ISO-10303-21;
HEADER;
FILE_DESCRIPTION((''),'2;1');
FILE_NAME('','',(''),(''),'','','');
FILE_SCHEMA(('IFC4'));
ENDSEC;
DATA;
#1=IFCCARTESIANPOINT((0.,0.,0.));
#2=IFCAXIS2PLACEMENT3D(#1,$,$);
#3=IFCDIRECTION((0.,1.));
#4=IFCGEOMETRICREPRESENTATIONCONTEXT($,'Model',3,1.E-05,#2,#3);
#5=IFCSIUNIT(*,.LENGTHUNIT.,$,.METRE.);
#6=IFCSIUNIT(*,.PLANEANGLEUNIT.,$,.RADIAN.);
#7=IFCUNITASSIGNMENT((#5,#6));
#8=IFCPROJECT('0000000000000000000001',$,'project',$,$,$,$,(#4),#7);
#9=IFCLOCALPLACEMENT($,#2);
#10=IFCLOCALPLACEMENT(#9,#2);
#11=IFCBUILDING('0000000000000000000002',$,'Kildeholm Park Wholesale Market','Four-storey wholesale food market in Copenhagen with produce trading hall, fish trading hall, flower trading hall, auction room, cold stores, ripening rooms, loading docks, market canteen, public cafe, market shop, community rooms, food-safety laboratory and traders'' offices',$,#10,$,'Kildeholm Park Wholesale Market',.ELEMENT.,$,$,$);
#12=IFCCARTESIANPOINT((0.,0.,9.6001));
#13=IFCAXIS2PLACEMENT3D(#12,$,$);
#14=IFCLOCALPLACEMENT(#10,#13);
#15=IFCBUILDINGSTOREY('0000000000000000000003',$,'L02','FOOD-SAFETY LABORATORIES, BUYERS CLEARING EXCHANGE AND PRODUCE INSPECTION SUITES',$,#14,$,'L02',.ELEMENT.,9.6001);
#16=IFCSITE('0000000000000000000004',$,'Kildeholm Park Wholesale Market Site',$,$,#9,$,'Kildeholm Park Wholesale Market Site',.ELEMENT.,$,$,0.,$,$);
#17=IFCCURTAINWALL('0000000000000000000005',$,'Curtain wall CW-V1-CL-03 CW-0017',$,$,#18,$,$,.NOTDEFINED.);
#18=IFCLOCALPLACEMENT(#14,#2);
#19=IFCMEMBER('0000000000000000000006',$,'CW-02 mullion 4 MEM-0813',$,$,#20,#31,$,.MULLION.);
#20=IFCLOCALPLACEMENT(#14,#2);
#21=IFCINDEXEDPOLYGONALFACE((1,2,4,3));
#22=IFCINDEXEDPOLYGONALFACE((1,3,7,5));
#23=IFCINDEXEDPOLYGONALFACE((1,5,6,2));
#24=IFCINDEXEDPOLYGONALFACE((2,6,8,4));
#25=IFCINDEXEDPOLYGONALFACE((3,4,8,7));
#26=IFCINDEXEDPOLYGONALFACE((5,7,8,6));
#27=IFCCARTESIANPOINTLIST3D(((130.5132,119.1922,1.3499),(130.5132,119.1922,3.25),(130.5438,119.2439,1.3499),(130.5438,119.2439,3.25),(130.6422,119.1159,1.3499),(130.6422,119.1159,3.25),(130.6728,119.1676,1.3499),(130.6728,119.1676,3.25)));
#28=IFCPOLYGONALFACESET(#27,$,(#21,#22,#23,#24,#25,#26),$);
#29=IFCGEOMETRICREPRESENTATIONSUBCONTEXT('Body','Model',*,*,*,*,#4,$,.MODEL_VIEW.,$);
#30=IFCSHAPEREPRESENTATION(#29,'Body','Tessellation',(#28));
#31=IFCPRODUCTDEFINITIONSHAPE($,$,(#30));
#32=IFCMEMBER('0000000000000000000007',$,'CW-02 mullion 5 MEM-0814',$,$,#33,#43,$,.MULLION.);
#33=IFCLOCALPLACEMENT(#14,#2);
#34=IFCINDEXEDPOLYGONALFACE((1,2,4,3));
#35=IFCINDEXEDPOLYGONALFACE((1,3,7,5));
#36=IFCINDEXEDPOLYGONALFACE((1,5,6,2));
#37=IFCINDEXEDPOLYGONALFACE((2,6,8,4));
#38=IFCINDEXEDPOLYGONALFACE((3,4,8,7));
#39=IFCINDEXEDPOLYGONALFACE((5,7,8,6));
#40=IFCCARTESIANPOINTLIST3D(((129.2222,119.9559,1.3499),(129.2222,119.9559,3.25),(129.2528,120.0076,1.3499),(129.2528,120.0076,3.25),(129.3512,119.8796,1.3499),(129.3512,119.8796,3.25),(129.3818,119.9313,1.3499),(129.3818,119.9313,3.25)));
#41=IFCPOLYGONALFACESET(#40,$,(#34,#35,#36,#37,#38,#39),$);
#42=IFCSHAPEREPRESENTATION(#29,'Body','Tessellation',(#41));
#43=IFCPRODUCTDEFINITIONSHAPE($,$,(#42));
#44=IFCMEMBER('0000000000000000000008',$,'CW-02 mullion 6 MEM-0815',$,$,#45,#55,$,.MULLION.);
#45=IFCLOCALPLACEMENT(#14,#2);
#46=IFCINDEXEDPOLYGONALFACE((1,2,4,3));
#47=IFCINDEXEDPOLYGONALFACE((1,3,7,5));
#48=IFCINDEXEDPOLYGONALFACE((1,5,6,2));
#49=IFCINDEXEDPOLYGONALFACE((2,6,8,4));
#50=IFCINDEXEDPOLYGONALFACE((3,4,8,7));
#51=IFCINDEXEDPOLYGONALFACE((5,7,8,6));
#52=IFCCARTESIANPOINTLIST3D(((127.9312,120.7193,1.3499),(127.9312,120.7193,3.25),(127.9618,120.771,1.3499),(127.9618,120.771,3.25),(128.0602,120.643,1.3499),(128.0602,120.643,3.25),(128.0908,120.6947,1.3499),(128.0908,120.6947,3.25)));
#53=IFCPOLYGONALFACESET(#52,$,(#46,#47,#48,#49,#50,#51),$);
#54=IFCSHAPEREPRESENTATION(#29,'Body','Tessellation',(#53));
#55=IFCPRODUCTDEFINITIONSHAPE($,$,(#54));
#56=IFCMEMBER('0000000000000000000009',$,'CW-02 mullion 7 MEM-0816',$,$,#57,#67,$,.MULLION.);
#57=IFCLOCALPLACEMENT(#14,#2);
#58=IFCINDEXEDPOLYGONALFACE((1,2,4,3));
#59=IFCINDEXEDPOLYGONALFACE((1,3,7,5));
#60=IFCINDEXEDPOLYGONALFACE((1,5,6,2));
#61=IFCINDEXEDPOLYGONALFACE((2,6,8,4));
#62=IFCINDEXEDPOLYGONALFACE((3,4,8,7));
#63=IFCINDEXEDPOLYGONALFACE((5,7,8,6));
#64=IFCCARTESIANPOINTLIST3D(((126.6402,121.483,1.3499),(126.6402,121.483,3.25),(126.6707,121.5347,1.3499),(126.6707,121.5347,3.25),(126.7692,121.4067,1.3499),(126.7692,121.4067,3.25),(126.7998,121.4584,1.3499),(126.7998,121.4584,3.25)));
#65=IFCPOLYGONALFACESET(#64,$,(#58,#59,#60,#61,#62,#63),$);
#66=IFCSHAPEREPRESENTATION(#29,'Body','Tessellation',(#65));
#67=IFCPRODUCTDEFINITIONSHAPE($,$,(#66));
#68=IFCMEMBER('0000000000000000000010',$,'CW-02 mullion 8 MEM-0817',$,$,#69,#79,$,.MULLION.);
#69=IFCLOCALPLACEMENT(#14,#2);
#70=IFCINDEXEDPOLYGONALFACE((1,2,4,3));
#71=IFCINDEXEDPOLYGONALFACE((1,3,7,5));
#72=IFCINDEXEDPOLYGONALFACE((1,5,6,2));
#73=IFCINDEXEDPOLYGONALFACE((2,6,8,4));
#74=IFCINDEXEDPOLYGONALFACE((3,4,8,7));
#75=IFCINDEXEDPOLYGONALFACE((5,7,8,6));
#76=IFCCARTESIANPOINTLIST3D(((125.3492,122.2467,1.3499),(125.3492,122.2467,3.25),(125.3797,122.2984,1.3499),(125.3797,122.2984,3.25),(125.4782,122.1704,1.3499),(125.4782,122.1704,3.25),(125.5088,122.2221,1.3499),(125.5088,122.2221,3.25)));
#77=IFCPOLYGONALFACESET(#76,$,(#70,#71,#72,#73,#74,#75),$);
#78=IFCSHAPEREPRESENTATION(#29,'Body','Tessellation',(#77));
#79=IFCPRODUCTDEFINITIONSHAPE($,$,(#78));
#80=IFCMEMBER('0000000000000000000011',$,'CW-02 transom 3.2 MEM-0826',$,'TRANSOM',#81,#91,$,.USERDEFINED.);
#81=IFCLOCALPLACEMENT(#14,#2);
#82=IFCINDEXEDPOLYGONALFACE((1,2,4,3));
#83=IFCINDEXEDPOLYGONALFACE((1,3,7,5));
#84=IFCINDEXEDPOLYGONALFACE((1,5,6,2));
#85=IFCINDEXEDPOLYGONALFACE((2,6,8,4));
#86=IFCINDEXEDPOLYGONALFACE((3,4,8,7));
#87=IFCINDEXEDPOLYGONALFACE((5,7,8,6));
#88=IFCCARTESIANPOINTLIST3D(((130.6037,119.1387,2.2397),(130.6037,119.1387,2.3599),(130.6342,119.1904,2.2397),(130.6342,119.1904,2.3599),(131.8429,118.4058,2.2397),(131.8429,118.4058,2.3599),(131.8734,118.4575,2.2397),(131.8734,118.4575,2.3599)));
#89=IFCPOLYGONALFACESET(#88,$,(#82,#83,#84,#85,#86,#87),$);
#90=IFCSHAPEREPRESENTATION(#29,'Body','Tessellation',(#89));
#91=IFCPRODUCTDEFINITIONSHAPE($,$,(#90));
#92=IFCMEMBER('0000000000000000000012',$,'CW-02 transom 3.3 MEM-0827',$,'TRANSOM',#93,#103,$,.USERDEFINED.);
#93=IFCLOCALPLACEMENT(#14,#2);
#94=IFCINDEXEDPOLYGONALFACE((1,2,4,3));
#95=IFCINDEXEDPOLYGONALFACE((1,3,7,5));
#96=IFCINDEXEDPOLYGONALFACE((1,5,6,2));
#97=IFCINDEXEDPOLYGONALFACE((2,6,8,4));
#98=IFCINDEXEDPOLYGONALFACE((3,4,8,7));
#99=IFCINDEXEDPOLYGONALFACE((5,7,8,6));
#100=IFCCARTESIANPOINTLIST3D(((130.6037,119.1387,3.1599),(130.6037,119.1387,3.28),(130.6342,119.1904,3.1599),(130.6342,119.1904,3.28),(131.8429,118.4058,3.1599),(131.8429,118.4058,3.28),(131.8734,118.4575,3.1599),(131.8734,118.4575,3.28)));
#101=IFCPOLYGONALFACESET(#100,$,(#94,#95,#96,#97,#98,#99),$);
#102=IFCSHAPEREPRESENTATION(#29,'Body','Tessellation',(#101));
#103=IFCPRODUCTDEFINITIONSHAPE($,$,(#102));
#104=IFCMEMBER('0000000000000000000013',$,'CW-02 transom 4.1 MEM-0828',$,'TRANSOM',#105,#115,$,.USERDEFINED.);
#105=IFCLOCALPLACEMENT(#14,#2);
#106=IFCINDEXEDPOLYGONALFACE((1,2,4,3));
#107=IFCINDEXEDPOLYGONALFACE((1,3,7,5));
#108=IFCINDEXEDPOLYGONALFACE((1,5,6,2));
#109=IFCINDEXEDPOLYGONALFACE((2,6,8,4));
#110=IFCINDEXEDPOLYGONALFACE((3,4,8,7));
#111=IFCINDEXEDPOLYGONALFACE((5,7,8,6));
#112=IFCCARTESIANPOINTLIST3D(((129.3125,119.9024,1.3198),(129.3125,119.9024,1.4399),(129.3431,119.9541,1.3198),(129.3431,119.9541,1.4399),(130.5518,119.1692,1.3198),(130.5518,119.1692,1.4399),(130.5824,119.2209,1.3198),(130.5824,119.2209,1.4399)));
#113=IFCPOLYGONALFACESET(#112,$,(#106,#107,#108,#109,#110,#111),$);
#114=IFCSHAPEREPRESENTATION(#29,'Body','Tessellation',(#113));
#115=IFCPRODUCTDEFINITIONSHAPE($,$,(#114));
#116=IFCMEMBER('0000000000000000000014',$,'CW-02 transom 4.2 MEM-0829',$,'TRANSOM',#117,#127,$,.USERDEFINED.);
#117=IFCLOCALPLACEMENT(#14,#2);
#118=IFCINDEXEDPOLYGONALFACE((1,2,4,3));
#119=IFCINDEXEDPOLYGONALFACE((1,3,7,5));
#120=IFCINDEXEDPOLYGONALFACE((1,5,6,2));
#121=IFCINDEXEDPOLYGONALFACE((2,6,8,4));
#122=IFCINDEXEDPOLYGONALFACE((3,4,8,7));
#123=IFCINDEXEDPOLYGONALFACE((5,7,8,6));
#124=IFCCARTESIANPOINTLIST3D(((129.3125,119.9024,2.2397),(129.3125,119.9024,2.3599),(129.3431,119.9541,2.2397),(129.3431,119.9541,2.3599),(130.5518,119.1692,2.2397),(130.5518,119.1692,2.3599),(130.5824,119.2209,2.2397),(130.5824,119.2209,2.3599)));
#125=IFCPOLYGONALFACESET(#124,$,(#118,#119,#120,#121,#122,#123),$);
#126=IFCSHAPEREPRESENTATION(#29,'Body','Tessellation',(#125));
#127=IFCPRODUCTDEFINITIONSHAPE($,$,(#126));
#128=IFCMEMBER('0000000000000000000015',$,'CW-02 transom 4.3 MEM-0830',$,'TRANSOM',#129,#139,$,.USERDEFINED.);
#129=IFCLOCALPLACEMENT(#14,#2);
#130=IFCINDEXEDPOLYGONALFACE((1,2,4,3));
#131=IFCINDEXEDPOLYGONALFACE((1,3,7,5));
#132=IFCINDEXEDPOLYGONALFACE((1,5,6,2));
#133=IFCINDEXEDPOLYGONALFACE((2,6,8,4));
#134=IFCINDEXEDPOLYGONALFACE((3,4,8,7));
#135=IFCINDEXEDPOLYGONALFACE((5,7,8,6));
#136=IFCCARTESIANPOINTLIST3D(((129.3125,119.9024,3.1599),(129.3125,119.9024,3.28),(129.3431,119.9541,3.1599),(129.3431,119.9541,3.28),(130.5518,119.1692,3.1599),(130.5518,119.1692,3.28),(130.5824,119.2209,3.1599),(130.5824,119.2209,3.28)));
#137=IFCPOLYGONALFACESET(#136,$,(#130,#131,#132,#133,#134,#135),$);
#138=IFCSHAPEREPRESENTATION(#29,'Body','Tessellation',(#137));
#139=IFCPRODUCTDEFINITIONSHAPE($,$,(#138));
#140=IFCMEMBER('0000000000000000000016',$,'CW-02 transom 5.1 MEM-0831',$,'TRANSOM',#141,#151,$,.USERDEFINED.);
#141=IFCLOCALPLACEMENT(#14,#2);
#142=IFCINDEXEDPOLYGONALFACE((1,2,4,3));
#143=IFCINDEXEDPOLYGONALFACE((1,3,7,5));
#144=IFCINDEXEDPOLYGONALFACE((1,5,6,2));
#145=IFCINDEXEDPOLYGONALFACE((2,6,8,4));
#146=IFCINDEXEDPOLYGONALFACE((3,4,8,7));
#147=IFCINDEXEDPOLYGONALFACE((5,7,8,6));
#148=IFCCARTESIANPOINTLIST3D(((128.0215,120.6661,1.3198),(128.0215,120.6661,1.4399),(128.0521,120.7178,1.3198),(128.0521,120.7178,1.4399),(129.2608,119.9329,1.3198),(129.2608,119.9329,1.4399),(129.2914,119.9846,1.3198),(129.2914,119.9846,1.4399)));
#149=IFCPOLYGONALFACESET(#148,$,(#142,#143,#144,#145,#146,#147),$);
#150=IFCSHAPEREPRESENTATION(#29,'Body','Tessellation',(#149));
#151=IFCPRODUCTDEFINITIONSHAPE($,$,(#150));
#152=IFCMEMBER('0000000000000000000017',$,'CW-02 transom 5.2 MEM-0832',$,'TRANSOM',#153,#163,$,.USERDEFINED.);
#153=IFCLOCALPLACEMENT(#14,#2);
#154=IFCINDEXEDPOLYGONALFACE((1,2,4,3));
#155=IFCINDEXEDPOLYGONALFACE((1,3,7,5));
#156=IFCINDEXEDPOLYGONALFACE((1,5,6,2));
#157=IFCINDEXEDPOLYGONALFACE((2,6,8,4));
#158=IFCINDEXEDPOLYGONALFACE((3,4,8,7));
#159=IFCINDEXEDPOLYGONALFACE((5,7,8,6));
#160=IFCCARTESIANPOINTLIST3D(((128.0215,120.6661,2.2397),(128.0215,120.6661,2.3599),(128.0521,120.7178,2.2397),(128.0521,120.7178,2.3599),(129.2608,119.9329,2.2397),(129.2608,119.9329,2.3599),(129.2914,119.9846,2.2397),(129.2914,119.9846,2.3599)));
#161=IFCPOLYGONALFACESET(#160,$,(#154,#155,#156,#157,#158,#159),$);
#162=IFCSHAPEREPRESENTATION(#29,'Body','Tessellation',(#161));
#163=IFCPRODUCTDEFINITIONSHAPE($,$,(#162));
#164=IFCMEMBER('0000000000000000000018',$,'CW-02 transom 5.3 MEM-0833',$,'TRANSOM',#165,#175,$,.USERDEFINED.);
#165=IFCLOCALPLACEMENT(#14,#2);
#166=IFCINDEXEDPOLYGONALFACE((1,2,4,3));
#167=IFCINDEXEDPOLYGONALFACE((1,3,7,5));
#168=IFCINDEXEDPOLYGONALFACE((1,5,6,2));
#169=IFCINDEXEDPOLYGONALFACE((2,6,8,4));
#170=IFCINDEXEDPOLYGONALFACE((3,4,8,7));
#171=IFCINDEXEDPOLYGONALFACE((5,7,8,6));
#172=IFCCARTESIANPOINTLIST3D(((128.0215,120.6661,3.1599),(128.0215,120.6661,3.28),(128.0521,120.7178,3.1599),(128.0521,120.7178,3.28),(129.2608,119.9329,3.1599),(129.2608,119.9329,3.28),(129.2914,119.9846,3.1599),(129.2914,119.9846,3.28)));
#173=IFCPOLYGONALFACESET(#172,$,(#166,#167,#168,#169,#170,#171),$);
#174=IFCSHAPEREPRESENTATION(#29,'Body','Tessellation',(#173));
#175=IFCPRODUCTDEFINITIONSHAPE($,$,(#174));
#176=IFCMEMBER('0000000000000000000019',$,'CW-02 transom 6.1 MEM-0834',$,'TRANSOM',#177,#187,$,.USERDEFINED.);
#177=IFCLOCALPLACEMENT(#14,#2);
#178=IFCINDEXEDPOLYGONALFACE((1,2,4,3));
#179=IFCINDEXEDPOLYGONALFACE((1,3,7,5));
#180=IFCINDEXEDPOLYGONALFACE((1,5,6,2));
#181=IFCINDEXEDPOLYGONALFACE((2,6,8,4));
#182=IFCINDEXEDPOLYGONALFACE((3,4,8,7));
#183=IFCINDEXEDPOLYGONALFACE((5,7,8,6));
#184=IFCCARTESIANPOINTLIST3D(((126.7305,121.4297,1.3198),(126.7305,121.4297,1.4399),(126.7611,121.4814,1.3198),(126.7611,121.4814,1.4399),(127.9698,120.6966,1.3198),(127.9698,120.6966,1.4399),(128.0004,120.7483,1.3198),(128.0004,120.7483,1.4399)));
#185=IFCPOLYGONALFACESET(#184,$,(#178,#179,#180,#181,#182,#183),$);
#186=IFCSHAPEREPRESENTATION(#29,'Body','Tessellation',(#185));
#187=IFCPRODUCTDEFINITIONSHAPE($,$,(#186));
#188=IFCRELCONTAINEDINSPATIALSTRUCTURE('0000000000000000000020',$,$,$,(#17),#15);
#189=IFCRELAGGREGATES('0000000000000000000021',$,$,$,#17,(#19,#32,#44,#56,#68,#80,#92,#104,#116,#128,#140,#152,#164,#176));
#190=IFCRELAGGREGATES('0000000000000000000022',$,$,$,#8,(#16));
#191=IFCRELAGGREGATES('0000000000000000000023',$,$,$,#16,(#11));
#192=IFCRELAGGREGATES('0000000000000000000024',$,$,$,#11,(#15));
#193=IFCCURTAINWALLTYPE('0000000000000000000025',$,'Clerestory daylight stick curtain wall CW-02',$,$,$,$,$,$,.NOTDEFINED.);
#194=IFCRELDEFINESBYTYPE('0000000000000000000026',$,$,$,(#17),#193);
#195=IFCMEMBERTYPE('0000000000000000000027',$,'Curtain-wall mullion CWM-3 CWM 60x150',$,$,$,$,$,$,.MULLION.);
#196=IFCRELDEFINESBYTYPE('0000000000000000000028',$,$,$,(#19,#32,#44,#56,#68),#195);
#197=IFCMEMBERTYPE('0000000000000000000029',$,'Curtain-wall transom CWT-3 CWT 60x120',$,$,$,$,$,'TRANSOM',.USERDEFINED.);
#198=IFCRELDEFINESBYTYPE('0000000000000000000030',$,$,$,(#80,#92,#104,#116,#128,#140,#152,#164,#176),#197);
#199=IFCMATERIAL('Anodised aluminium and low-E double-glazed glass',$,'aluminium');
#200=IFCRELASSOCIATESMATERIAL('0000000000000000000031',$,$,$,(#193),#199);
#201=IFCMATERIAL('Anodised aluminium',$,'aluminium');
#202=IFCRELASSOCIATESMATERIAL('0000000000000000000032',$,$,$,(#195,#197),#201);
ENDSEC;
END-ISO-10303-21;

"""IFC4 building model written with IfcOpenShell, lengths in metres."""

from ifc_helpers import new_model, si_unit, direction, frame, origin, origin_2d, place, context, subcontext, project, spatial, rectangle, extrude, material, material_profile, profile_set, type_object, element, aggregate, save


model = new_model("IFC4")

# Units and contexts
model_context = context("Model", 3, precision=1e-05, world=origin(), true_north=direction((0.0, 1.0)))
body_context = subcontext(model_context, "Body", "Model", "MODEL_VIEW")
ifc_project = project(units=[si_unit("LENGTHUNIT", "METRE"), si_unit("PLANEANGLEUNIT", "RADIAN")], contexts=[model_context])

# Site, building, storey
site_placement = place(None, origin())
site = spatial("IfcSite", under=ifc_project, at=site_placement, Name="Kildeholm Park Wholesale Market Site", LongName="Kildeholm Park Wholesale Market Site", CompositionType="ELEMENT", RefElevation=0.0)
building_placement = place(site_placement, origin())
building = spatial("IfcBuilding", under=site, at=building_placement, Name="Kildeholm Park Wholesale Market", Description="Four-storey wholesale food market in Copenhagen with produce trading hall, fish trading hall, flower trading hall, auction room, cold stores, ripening rooms, loading docks, market canteen, public cafe, market shop, community rooms, food-safety laboratory and traders' offices", LongName="Kildeholm Park Wholesale Market", CompositionType="ELEMENT")
storey_placement = place(building_placement, frame((0.0, 0.0, 9.6001)))
storey = spatial("IfcBuildingStorey", under=building, at=storey_placement, Name="L02", Description="FOOD-SAFETY LABORATORIES, BUYERS CLEARING EXCHANGE AND PRODUCE INSPECTION SUITES", LongName="L02", CompositionType="ELEMENT", Elevation=9.6001)

# Curtain wall, members
ifc_material_1 = material(Name="Anodised aluminium and low-E double-glazed glass", Category="aluminium")
curtain_wall_type = type_object("IfcCurtainWallType", Name="Clerestory daylight stick curtain wall CW-02", PredefinedType="NOTDEFINED", material=ifc_material_1)
curtain_wall_placement = place(storey_placement, origin())
curtain_wall = element("IfcCurtainWall", 1, at=curtain_wall_placement, inside=storey, type_object=curtain_wall_type, Name="Curtain wall CW-V1-CL-03 CW-0017", PredefinedType="NOTDEFINED")
ifc_material_2 = material(Name="Anodised aluminium", Category="aluminium")
ifc_material_profile_1 = material_profile(ifc_material_2, rectangle(XDim=0.0601, YDim=0.1499, at=origin_2d()), Name="CWM 60x150")
ifc_profile_set_1 = profile_set([ifc_material_profile_1], Name="Anodised aluminium")
member_type_1 = type_object("IfcMemberType", Name="Curtain-wall mullion CWM-3 CWM 60x150", PredefinedType="MULLION", material=ifc_profile_set_1)
member_1_placement = place(storey_placement, frame((130.593, 119.1799, 1.3499), z_axis=(0.0, 0.0, 1.0), x_axis=(-0.509105, -0.860704, 0.0)))
member_1 = element("IfcMember", 2, at=member_1_placement, type_object=member_type_1, Name="CW-02 mullion 4 MEM-0813", PredefinedType="MULLION", context=body_context, shape_type="SweptSolid", body=[
    extrude(rectangle(XDim=0.0601, YDim=0.1499, at=origin_2d()), origin(), (0.0, 0.0, 1.0), 1.9001),
])
member_2_placement = place(storey_placement, frame((129.302, 119.9436, 1.3499), z_axis=(0.0, 0.0, 1.0), x_axis=(-0.509105, -0.860704, 0.0)))
member_2 = element("IfcMember", 3, at=member_2_placement, type_object=member_type_1, Name="CW-02 mullion 5 MEM-0814", PredefinedType="MULLION", context=body_context, shape_type="SweptSolid", body=[
    extrude(rectangle(XDim=0.0601, YDim=0.1499, at=origin_2d()), origin(), (0.0, 0.0, 1.0), 1.9001),
])
member_3_placement = place(storey_placement, frame((128.011, 120.707, 1.3499), z_axis=(0.0, 0.0, 1.0), x_axis=(-0.509105, -0.860704, 0.0)))
member_3 = element("IfcMember", 4, at=member_3_placement, type_object=member_type_1, Name="CW-02 mullion 6 MEM-0815", PredefinedType="MULLION", context=body_context, shape_type="SweptSolid", body=[
    extrude(rectangle(XDim=0.0601, YDim=0.1499, at=origin_2d()), origin(), (0.0, 0.0, 1.0), 1.9001),
])
member_4_placement = place(storey_placement, frame((126.72, 121.4707, 1.3499), z_axis=(0.0, 0.0, 1.0), x_axis=(-0.509105, -0.860704, 0.0)))
member_4 = element("IfcMember", 5, at=member_4_placement, type_object=member_type_1, Name="CW-02 mullion 7 MEM-0816", PredefinedType="MULLION", context=body_context, shape_type="SweptSolid", body=[
    extrude(rectangle(XDim=0.0601, YDim=0.1499, at=origin_2d()), origin(), (0.0, 0.0, 1.0), 1.9001),
])
member_5_placement = place(storey_placement, frame((125.429, 122.2344, 1.3499), z_axis=(0.0, 0.0, 1.0), x_axis=(-0.509105, -0.860704, 0.0)))
member_5 = element("IfcMember", 6, at=member_5_placement, type_object=member_type_1, Name="CW-02 mullion 8 MEM-0817", PredefinedType="MULLION", context=body_context, shape_type="SweptSolid", body=[
    extrude(rectangle(XDim=0.0601, YDim=0.1499, at=origin_2d()), origin(), (0.0, 0.0, 1.0), 1.9001),
])
ifc_material_profile_2 = material_profile(ifc_material_2, rectangle(XDim=0.0601, YDim=0.1201, at=origin_2d()), Name="CWT 60x120")
ifc_profile_set_2 = profile_set([ifc_material_profile_2], Name="Anodised aluminium")
member_type_2 = type_object("IfcMemberType", Name="Curtain-wall transom CWT-3 CWT 60x120", ElementType="TRANSOM", PredefinedType="USERDEFINED", material=ifc_profile_set_2)
member_6_placement = place(storey_placement, frame((131.8582, 118.4316, 2.2998), z_axis=(-0.860737, 0.509049, 0.0), x_axis=(-0.509049, -0.860737, 0.0)))
member_6 = element("IfcMember", 7, at=member_6_placement, type_object=member_type_2, Name="CW-02 transom 3.2 MEM-0826", ObjectType="TRANSOM", PredefinedType="USERDEFINED", context=body_context, shape_type="SweptSolid", body=[
    extrude(rectangle(XDim=0.0601, YDim=0.1201, at=origin_2d()), origin(), (0.0, 0.0, 1.0), 1.4397),
])
member_7_placement = place(storey_placement, frame((131.8582, 118.4316, 3.22), z_axis=(-0.860737, 0.509049, 0.0), x_axis=(-0.509049, -0.860737, 0.0)))
member_7 = element("IfcMember", 8, at=member_7_placement, type_object=member_type_2, Name="CW-02 transom 3.3 MEM-0827", ObjectType="TRANSOM", PredefinedType="USERDEFINED", context=body_context, shape_type="SweptSolid", body=[
    extrude(rectangle(XDim=0.0601, YDim=0.1201, at=origin_2d()), origin(), (0.0, 0.0, 1.0), 1.4397),
])
member_8_placement = place(storey_placement, frame((130.5671, 119.1951, 1.3799), z_axis=(-0.860663, 0.509175, 0.0), x_axis=(-0.509175, -0.860663, 0.0)))
member_8 = element("IfcMember", 9, at=member_8_placement, type_object=member_type_2, Name="CW-02 transom 4.1 MEM-0828", ObjectType="TRANSOM", PredefinedType="USERDEFINED", context=body_context, shape_type="SweptSolid", body=[
    extrude(rectangle(XDim=0.0601, YDim=0.1201, at=origin_2d()), origin(), (0.0, 0.0, 1.0), 1.4399),
])
member_9_placement = place(storey_placement, frame((130.5671, 119.1951, 2.2998), z_axis=(-0.860663, 0.509175, 0.0), x_axis=(-0.509175, -0.860663, 0.0)))
member_9 = element("IfcMember", 10, at=member_9_placement, type_object=member_type_2, Name="CW-02 transom 4.2 MEM-0829", ObjectType="TRANSOM", PredefinedType="USERDEFINED", context=body_context, shape_type="SweptSolid", body=[
    extrude(rectangle(XDim=0.0601, YDim=0.1201, at=origin_2d()), origin(), (0.0, 0.0, 1.0), 1.4399),
])
member_10_placement = place(storey_placement, frame((130.5671, 119.1951, 3.22), z_axis=(-0.860663, 0.509175, 0.0), x_axis=(-0.509175, -0.860663, 0.0)))
member_10 = element("IfcMember", 11, at=member_10_placement, type_object=member_type_2, Name="CW-02 transom 4.3 MEM-0830", ObjectType="TRANSOM", PredefinedType="USERDEFINED", context=body_context, shape_type="SweptSolid", body=[
    extrude(rectangle(XDim=0.0601, YDim=0.1201, at=origin_2d()), origin(), (0.0, 0.0, 1.0), 1.4399),
])
member_11_placement = place(storey_placement, frame((129.2761, 119.9587, 1.3799), z_axis=(-0.860663, 0.509175, 0.0), x_axis=(-0.509175, -0.860663, 0.0)))
member_11 = element("IfcMember", 12, at=member_11_placement, type_object=member_type_2, Name="CW-02 transom 5.1 MEM-0831", ObjectType="TRANSOM", PredefinedType="USERDEFINED", context=body_context, shape_type="SweptSolid", body=[
    extrude(rectangle(XDim=0.0601, YDim=0.1201, at=origin_2d()), origin(), (0.0, 0.0, 1.0), 1.4399),
])
member_12_placement = place(storey_placement, frame((129.2761, 119.9587, 2.2998), z_axis=(-0.860663, 0.509175, 0.0), x_axis=(-0.509175, -0.860663, 0.0)))
member_12 = element("IfcMember", 13, at=member_12_placement, type_object=member_type_2, Name="CW-02 transom 5.2 MEM-0832", ObjectType="TRANSOM", PredefinedType="USERDEFINED", context=body_context, shape_type="SweptSolid", body=[
    extrude(rectangle(XDim=0.0601, YDim=0.1201, at=origin_2d()), origin(), (0.0, 0.0, 1.0), 1.4399),
])
member_13_placement = place(storey_placement, frame((129.2761, 119.9587, 3.22), z_axis=(-0.860663, 0.509175, 0.0), x_axis=(-0.509175, -0.860663, 0.0)))
member_13 = element("IfcMember", 14, at=member_13_placement, type_object=member_type_2, Name="CW-02 transom 5.3 MEM-0833", ObjectType="TRANSOM", PredefinedType="USERDEFINED", context=body_context, shape_type="SweptSolid", body=[
    extrude(rectangle(XDim=0.0601, YDim=0.1201, at=origin_2d()), origin(), (0.0, 0.0, 1.0), 1.4399),
])
member_14_placement = place(storey_placement, frame((127.9851, 120.7224, 1.3799), z_axis=(-0.860663, 0.509175, 0.0), x_axis=(-0.509175, -0.860663, 0.0)))
member_14 = element("IfcMember", 15, at=member_14_placement, type_object=member_type_2, Name="CW-02 transom 6.1 MEM-0834", ObjectType="TRANSOM", PredefinedType="USERDEFINED", context=body_context, shape_type="SweptSolid", body=[
    extrude(rectangle(XDim=0.0601, YDim=0.1201, at=origin_2d()), origin(), (0.0, 0.0, 1.0), 1.4399),
])
aggregate(curtain_wall, [member_1, member_2, member_3, member_4, member_5, member_6, member_7, member_8, member_9, member_10, member_11, member_12, member_13, member_14])

save(model, "model.ifc")
